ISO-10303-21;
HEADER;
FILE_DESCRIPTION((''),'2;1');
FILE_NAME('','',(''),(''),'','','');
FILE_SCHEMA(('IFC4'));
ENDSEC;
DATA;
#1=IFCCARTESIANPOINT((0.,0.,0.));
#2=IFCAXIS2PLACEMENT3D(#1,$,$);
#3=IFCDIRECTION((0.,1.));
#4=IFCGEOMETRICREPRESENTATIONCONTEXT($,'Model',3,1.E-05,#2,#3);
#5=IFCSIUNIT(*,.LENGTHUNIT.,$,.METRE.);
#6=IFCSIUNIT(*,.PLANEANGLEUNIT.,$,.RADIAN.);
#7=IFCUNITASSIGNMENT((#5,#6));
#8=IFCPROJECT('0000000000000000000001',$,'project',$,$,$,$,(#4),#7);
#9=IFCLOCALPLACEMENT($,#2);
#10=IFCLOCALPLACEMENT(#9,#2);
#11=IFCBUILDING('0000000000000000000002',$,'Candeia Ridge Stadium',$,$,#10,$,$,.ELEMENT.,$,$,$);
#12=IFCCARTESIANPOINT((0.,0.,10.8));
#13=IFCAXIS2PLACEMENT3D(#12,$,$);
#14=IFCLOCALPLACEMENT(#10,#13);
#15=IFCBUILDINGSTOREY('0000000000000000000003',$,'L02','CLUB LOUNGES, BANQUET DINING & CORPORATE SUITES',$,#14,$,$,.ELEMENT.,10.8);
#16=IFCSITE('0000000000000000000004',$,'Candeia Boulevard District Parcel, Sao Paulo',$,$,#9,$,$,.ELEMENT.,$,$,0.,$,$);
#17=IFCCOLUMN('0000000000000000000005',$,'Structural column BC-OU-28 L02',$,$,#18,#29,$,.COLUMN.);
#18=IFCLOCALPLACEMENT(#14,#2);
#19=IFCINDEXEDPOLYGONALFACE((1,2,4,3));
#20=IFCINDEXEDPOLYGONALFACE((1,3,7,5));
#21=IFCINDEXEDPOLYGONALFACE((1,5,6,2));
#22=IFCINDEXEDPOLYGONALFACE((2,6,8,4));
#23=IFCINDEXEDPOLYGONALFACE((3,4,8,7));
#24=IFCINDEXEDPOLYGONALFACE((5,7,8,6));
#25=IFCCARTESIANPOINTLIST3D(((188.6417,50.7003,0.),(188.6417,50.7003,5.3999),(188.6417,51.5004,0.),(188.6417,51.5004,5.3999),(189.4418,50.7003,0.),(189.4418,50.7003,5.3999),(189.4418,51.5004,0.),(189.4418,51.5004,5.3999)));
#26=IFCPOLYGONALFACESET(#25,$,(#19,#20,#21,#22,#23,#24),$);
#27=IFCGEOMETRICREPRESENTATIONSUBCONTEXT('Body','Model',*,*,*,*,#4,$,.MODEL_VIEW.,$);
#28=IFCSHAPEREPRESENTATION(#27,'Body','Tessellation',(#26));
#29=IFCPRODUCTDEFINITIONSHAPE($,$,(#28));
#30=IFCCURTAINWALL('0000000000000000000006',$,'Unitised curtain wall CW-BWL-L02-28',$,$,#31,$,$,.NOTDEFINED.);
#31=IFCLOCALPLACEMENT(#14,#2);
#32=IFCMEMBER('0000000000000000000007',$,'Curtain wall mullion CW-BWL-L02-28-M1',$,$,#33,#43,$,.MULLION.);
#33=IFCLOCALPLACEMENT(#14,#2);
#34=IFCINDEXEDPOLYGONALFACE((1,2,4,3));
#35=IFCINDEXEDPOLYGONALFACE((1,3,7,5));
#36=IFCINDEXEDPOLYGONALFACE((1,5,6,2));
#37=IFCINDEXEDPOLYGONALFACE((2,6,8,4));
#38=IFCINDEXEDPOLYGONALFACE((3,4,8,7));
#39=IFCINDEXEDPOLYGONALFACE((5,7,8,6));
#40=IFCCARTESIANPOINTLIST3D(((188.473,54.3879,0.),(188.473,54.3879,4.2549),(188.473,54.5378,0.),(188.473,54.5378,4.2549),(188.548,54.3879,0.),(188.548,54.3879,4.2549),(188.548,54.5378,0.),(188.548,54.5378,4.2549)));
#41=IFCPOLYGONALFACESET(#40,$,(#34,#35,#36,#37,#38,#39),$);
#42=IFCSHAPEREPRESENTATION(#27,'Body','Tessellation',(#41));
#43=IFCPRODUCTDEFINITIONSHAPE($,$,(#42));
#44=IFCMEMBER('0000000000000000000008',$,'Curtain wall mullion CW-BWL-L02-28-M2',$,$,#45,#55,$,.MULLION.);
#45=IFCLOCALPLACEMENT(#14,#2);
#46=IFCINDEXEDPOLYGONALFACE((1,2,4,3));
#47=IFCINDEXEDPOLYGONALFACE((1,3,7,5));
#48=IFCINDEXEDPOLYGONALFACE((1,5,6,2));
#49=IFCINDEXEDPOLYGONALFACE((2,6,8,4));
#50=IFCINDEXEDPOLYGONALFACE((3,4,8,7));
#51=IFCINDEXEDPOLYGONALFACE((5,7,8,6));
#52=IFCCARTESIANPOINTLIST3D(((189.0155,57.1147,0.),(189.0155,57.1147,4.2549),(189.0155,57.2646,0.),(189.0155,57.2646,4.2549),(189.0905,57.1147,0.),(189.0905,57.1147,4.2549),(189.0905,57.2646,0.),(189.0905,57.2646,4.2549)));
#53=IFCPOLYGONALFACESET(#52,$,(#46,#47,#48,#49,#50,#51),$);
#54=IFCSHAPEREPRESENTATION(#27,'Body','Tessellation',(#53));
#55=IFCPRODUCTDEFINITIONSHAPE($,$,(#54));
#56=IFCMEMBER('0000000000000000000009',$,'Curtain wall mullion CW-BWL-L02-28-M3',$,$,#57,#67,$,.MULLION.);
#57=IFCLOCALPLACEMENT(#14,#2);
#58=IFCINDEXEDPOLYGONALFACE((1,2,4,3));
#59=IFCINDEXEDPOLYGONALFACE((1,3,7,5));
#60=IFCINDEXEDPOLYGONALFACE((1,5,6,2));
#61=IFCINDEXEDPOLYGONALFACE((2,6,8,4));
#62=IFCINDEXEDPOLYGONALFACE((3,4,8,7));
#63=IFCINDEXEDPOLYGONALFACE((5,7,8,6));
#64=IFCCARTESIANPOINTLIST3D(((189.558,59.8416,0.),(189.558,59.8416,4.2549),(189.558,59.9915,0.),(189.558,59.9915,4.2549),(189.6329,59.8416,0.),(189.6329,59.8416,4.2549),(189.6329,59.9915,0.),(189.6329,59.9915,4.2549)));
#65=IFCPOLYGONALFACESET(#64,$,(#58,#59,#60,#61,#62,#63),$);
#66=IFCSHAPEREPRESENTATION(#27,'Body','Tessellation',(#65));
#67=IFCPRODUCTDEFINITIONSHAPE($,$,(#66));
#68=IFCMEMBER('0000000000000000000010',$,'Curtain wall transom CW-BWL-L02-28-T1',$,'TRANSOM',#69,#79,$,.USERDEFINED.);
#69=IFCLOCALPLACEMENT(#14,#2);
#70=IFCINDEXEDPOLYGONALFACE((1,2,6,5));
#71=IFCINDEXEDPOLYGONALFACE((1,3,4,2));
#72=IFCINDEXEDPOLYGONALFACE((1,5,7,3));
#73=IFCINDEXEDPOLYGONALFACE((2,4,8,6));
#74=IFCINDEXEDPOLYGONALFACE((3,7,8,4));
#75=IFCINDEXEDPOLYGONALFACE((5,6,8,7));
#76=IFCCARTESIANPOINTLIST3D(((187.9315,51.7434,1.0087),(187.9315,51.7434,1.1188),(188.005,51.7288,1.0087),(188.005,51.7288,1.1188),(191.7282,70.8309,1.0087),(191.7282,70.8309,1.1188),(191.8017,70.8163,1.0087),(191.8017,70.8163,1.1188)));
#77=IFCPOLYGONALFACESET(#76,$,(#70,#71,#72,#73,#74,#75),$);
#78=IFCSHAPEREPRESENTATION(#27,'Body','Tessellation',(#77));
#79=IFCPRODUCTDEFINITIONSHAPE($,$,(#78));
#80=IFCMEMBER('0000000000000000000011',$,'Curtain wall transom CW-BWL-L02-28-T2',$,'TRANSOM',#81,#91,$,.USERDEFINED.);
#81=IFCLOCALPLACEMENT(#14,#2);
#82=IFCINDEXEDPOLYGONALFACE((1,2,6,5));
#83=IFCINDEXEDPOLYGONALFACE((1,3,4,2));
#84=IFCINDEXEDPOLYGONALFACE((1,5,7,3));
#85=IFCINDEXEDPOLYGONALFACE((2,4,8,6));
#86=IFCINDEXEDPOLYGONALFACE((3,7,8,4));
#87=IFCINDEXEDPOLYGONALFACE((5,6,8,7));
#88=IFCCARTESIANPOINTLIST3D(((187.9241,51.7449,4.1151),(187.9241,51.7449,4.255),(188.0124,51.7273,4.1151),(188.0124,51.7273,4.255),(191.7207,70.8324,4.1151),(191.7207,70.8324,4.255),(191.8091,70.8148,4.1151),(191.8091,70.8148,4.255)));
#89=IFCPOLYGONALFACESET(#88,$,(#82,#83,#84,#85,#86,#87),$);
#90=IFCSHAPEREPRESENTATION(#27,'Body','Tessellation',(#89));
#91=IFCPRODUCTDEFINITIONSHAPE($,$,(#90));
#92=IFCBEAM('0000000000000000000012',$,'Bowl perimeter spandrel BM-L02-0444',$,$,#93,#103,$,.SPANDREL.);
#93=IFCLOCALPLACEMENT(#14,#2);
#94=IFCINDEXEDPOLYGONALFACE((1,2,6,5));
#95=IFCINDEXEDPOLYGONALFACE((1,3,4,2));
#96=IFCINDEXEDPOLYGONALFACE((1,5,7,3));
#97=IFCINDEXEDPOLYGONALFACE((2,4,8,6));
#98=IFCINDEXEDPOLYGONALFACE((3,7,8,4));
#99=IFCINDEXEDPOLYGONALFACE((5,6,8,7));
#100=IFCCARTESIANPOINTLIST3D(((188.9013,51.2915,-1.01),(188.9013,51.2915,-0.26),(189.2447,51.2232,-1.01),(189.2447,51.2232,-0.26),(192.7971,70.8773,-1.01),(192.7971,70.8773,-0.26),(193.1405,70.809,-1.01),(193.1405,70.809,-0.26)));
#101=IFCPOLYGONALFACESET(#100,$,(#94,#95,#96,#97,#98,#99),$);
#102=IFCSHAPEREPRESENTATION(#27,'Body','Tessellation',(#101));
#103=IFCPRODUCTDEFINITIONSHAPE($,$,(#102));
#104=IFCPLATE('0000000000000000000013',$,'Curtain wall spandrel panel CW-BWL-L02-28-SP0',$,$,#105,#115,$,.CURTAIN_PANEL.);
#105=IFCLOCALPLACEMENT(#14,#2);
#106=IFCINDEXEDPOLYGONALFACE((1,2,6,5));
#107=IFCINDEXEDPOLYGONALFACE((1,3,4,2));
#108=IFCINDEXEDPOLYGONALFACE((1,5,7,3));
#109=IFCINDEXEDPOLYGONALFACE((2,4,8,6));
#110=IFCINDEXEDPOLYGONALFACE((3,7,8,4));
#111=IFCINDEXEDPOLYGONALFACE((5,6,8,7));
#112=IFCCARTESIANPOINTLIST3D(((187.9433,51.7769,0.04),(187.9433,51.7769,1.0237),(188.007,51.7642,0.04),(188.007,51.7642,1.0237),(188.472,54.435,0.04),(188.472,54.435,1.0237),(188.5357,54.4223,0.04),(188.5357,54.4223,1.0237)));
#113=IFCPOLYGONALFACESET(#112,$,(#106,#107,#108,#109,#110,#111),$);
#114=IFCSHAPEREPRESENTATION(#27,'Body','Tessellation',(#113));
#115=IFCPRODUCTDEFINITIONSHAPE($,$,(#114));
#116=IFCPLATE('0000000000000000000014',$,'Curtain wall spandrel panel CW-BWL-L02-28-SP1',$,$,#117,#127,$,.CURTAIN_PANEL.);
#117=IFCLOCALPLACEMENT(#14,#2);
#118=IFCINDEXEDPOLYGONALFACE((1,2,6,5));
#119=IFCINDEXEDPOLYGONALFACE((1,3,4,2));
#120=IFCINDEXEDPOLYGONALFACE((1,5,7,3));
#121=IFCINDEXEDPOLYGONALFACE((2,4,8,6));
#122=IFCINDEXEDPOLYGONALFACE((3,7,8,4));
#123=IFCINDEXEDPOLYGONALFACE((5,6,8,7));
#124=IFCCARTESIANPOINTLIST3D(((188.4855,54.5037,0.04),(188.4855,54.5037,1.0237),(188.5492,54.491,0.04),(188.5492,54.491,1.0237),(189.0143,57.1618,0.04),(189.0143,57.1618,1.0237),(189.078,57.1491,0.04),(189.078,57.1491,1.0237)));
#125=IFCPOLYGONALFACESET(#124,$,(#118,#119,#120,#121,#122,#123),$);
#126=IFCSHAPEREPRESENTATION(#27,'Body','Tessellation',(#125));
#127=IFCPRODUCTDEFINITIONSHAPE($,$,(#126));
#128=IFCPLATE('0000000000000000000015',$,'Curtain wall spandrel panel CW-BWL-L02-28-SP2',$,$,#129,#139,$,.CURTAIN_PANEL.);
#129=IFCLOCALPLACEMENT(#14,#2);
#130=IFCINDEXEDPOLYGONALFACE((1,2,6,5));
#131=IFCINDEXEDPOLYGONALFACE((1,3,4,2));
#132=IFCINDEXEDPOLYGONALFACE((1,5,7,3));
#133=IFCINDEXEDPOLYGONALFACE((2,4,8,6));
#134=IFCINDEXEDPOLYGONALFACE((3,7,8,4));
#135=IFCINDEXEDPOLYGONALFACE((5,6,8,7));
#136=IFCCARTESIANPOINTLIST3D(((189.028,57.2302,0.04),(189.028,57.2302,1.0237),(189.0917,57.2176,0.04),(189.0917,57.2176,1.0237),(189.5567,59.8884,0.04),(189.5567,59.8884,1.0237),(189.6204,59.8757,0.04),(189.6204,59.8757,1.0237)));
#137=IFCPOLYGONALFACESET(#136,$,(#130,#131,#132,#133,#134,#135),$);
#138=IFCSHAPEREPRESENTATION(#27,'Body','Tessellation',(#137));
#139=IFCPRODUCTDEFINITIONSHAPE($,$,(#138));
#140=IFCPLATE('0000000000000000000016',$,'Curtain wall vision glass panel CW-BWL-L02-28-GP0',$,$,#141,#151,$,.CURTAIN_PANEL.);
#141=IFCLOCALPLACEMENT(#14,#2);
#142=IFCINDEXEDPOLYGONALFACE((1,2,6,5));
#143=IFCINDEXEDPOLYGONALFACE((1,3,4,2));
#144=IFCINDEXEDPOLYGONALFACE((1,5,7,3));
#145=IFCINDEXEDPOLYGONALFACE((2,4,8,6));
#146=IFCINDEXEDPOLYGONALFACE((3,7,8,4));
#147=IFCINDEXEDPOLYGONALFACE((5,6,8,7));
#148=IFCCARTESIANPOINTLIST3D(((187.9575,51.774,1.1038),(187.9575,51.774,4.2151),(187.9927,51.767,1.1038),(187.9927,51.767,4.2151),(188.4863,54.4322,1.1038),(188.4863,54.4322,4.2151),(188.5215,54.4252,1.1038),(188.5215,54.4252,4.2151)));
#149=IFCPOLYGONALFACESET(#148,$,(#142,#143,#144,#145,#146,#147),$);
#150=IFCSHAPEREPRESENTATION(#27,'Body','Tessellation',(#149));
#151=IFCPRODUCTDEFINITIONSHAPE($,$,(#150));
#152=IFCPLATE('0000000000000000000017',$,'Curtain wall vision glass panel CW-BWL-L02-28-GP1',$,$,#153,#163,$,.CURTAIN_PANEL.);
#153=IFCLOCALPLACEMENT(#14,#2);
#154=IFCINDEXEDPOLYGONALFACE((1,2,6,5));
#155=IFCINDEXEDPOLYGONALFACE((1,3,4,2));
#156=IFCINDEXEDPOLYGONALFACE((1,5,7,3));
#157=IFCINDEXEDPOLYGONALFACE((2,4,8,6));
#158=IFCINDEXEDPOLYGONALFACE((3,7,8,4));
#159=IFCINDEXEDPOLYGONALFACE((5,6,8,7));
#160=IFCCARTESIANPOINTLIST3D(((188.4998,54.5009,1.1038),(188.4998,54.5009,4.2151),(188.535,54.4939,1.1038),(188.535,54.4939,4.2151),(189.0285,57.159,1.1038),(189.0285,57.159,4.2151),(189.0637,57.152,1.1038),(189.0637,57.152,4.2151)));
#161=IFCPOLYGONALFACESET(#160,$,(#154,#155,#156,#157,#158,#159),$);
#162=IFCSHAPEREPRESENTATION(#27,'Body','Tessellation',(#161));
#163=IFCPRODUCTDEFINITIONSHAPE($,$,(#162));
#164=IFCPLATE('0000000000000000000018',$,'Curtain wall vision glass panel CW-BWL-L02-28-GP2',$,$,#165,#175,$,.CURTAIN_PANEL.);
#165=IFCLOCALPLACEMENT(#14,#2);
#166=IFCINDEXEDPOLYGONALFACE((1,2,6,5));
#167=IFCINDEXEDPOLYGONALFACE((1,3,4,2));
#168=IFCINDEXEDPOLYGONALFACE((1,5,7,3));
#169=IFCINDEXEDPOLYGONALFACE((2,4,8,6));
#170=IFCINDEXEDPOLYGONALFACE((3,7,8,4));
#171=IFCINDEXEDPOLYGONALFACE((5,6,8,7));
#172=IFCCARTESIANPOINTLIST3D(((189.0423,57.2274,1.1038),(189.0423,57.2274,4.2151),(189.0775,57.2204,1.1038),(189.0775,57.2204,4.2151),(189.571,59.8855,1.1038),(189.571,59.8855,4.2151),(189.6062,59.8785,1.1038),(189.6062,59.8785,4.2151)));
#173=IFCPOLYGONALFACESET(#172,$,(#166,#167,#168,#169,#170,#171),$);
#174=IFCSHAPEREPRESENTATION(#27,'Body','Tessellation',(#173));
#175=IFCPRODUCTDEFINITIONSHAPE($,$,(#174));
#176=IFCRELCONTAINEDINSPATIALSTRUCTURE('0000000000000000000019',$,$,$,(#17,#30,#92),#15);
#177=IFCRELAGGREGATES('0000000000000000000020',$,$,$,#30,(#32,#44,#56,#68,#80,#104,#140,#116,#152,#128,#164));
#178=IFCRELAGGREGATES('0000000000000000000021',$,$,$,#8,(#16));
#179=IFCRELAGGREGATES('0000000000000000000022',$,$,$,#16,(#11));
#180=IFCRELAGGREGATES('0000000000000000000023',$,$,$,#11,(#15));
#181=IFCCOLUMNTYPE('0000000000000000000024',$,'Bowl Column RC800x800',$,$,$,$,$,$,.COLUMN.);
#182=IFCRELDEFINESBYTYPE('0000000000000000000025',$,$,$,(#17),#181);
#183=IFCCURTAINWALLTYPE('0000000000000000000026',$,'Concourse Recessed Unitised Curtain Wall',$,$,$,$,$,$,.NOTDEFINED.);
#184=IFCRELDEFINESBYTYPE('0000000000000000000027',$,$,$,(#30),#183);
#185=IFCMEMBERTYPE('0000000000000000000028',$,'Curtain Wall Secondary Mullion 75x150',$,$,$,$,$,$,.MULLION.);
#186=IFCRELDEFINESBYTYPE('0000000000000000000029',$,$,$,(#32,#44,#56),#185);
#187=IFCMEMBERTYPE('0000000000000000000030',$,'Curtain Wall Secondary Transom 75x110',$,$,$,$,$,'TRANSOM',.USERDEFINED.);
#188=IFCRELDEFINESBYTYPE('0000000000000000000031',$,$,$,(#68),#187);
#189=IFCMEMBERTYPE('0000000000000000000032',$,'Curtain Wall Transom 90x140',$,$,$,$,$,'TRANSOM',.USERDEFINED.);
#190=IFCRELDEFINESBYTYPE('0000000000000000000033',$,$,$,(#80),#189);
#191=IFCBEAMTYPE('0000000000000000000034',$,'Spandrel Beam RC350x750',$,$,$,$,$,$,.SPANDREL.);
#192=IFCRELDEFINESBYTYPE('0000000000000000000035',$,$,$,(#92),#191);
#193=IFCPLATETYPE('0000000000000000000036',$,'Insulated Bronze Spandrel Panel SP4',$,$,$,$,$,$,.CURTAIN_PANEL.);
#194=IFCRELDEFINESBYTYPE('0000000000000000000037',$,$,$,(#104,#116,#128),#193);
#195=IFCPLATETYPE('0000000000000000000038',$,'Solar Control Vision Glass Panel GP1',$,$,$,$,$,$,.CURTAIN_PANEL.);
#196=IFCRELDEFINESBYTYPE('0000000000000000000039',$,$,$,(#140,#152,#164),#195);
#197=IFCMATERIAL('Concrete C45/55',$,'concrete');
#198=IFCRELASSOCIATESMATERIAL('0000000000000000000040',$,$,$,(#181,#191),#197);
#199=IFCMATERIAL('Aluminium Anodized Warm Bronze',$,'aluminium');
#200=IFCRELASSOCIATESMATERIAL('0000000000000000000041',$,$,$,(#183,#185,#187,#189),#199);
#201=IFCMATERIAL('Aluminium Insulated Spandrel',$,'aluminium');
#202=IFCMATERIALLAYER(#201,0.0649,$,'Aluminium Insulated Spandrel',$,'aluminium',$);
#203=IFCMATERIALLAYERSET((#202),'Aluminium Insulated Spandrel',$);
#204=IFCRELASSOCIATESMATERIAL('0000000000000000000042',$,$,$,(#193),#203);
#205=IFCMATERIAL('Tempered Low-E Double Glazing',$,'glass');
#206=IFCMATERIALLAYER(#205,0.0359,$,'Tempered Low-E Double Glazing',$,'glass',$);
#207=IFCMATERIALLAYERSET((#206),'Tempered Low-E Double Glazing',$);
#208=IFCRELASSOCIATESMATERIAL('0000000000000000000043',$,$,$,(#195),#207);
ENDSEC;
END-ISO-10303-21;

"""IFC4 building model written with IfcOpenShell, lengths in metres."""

from ifc_helpers import new_model, si_unit, direction, frame, origin, origin_2d, place, context, subcontext, project, spatial, rectangle, extrude, material, layer, layer_set, material_profile, profile_set, type_object, element, aggregate, save


model = new_model("IFC4")

# Units and contexts
model_context = context("Model", 3, precision=1e-05, world=origin(), true_north=direction((0.0, 1.0)))
body_context = subcontext(model_context, "Body", "Model", "MODEL_VIEW")
ifc_project = project(units=[si_unit("LENGTHUNIT", "METRE"), si_unit("PLANEANGLEUNIT", "RADIAN")], contexts=[model_context])

# Site, building, storey
site_placement = place(None, origin())
site = spatial("IfcSite", under=ifc_project, at=site_placement, Name="Candeia Boulevard District Parcel, Sao Paulo", CompositionType="ELEMENT", RefElevation=0.0)
building_placement = place(site_placement, origin())
building = spatial("IfcBuilding", under=site, at=building_placement, Name="Candeia Ridge Stadium", CompositionType="ELEMENT")
storey_placement = place(building_placement, frame((0.0, 0.0, 10.8)))
storey = spatial("IfcBuildingStorey", under=building, at=storey_placement, Name="L02", Description="CLUB LOUNGES, BANQUET DINING & CORPORATE SUITES", CompositionType="ELEMENT", Elevation=10.8)

# Column
ifc_material_1 = material(Name="Concrete C45/55", Category="concrete")
ifc_material_profile_1 = material_profile(ifc_material_1, rectangle(XDim=0.8, YDim=0.8, at=origin_2d()), Name="RC800x800", Category="concrete")
ifc_profile_set_1 = profile_set([ifc_material_profile_1], Name="Concrete C45/55")
column_type = type_object("IfcColumnType", Name="Bowl Column RC800x800", PredefinedType="COLUMN", material=ifc_profile_set_1)
column_placement = place(storey_placement, frame((189.0417, 51.1003, 0.0), z_axis=(0.0, 0.0, 1.0), x_axis=(1.0, 0.0, 0.0)))
element("IfcColumn", 1, at=column_placement, inside=storey, type_object=column_type, Name="Structural column BC-OU-28 L02", PredefinedType="COLUMN", context=body_context, shape_type="SweptSolid", body=[
    extrude(rectangle(XDim=0.8, YDim=0.8, at=origin_2d()), origin(), (0.0, 0.0, 1.0), 5.3999),
])

# Curtain wall, members
ifc_material_2 = material(Name="Aluminium Anodized Warm Bronze", Category="aluminium")
curtain_wall_type = type_object("IfcCurtainWallType", Name="Concourse Recessed Unitised Curtain Wall", PredefinedType="NOTDEFINED", material=ifc_material_2)
curtain_wall_placement = place(storey_placement, origin())
curtain_wall = element("IfcCurtainWall", 2, at=curtain_wall_placement, inside=storey, type_object=curtain_wall_type, Name="Unitised curtain wall CW-BWL-L02-28", PredefinedType="NOTDEFINED")
ifc_material_profile_2 = material_profile(ifc_material_2, rectangle(XDim=0.075, YDim=0.1499, at=origin_2d()), Name="CWM-75x150", Category="aluminium")
ifc_profile_set_2 = profile_set([ifc_material_profile_2], Name="Aluminium Anodized Warm Bronze")
member_type_1 = type_object("IfcMemberType", Name="Curtain Wall Secondary Mullion 75x150", PredefinedType="MULLION", material=ifc_profile_set_2)
member_1_placement = place(storey_placement, frame((188.5105, 54.4629, 0.0), z_axis=(0.0, 0.0, 1.0), x_axis=(1.0, 0.0, 0.0)))
member_1 = element("IfcMember", 3, at=member_1_placement, type_object=member_type_1, Name="Curtain wall mullion CW-BWL-L02-28-M1", PredefinedType="MULLION", context=body_context, shape_type="SweptSolid", body=[
    extrude(rectangle(XDim=0.075, YDim=0.1499, at=origin_2d()), origin(), (0.0, 0.0, 1.0), 4.2549),
])
member_2_placement = place(storey_placement, frame((189.053, 57.1897, 0.0), z_axis=(0.0, 0.0, 1.0), x_axis=(1.0, 0.0, 0.0)))
member_2 = element("IfcMember", 4, at=member_2_placement, type_object=member_type_1, Name="Curtain wall mullion CW-BWL-L02-28-M2", PredefinedType="MULLION", context=body_context, shape_type="SweptSolid", body=[
    extrude(rectangle(XDim=0.075, YDim=0.1499, at=origin_2d()), origin(), (0.0, 0.0, 1.0), 4.2549),
])
member_3_placement = place(storey_placement, frame((189.5955, 59.9165, 0.0), z_axis=(0.0, 0.0, 1.0), x_axis=(1.0, 0.0, 0.0)))
member_3 = element("IfcMember", 5, at=member_3_placement, type_object=member_type_1, Name="Curtain wall mullion CW-BWL-L02-28-M3", PredefinedType="MULLION", context=body_context, shape_type="SweptSolid", body=[
    extrude(rectangle(XDim=0.075, YDim=0.1499, at=origin_2d()), origin(), (0.0, 0.0, 1.0), 4.2549),
])
ifc_material_profile_3 = material_profile(ifc_material_2, rectangle(XDim=0.075, YDim=0.1101, at=origin_2d()), Name="CWT-75x110", Category="aluminium")
ifc_profile_set_3 = profile_set([ifc_material_profile_3], Name="Aluminium Anodized Warm Bronze")
member_type_2 = type_object("IfcMemberType", Name="Curtain Wall Secondary Transom 75x110", ElementType="TRANSOM", PredefinedType="USERDEFINED", material=ifc_profile_set_3)
member_4_placement = place(storey_placement, frame((187.9683, 51.7361, 1.0637), z_axis=(0.195086, 0.980786, 0.0), x_axis=(-0.980786, 0.195086, 0.0)))
member_4 = element("IfcMember", 6, at=member_4_placement, type_object=member_type_2, Name="Curtain wall transom CW-BWL-L02-28-T1", ObjectType="TRANSOM", PredefinedType="USERDEFINED", context=body_context, shape_type="SweptSolid", body=[
    extrude(rectangle(XDim=0.075, YDim=0.1101, at=origin_2d()), origin(), (0.0, 0.0, 1.0), 19.4614),
])
ifc_material_profile_4 = material_profile(ifc_material_2, rectangle(XDim=0.0901, YDim=0.1399, at=origin_2d()), Name="CWT-90x140", Category="aluminium")
ifc_profile_set_4 = profile_set([ifc_material_profile_4], Name="Aluminium Anodized Warm Bronze")
member_type_3 = type_object("IfcMemberType", Name="Curtain Wall Transom 90x140", ElementType="TRANSOM", PredefinedType="USERDEFINED", material=ifc_profile_set_4)
member_5_placement = place(storey_placement, frame((187.9683, 51.7361, 4.1851), z_axis=(0.195086, 0.980786, 0.0), x_axis=(-0.980786, 0.195086, 0.0)))
member_5 = element("IfcMember", 7, at=member_5_placement, type_object=member_type_3, Name="Curtain wall transom CW-BWL-L02-28-T2", ObjectType="TRANSOM", PredefinedType="USERDEFINED", context=body_context, shape_type="SweptSolid", body=[
    extrude(rectangle(XDim=0.0901, YDim=0.1399, at=origin_2d()), origin(), (0.0, 0.0, 1.0), 19.4614),
])

# Beam
ifc_material_profile_5 = material_profile(ifc_material_1, rectangle(XDim=0.3501, YDim=0.75, at=origin_2d()), Name="RC350x750", Category="concrete")
ifc_profile_set_5 = profile_set([ifc_material_profile_5], Name="Concrete C45/55")
beam_type = type_object("IfcBeamType", Name="Spandrel Beam RC350x750", PredefinedType="SPANDREL", material=ifc_profile_set_5)
beam_placement = place(storey_placement, frame((189.073, 51.2573, -0.635), z_axis=(0.195086, 0.980786, 0.0), x_axis=(-0.980786, 0.195086, 0.0)))
element("IfcBeam", 8, at=beam_placement, inside=storey, type_object=beam_type, Name="Bowl perimeter spandrel BM-L02-0444", PredefinedType="SPANDREL", context=body_context, shape_type="SweptSolid", body=[
    extrude(rectangle(XDim=0.3501, YDim=0.75, at=origin_2d()), origin(), (0.0, 0.0, 1.0), 19.9695),
])

# Plates
ifc_material_3 = material(Name="Aluminium Insulated Spandrel", Category="aluminium")
ifc_layer_1 = layer(ifc_material_3, 0.0649, Name="Aluminium Insulated Spandrel", Category="aluminium")
ifc_layer_set_1 = layer_set([ifc_layer_1], Name="Aluminium Insulated Spandrel")
plate_type_1 = type_object("IfcPlateType", Name="Insulated Bronze Spandrel Panel SP4", PredefinedType="CURTAIN_PANEL", material=ifc_layer_set_1)
plate_1_placement = place(storey_placement, frame((188.2395, 53.0996, 0.04), z_axis=(0.0, 0.0, 1.0), x_axis=(0.19509, 0.980785, 0.0)))
plate_1 = element("IfcPlate", 9, at=plate_1_placement, type_object=plate_type_1, Name="Curtain wall spandrel panel CW-BWL-L02-28-SP0", PredefinedType="CURTAIN_PANEL", context=body_context, shape_type="SweptSolid", body=[
    extrude(rectangle(XDim=2.7102, YDim=0.0649, at=origin_2d()), origin(), (0.0, 0.0, 1.0), 0.9836),
])
plate_2_placement = place(storey_placement, frame((188.7817, 55.8264, 0.04), z_axis=(0.0, 0.0, 1.0), x_axis=(0.19509, 0.980785, 0.0)))
plate_2 = element("IfcPlate", 10, at=plate_2_placement, type_object=plate_type_1, Name="Curtain wall spandrel panel CW-BWL-L02-28-SP1", PredefinedType="CURTAIN_PANEL", context=body_context, shape_type="SweptSolid", body=[
    extrude(rectangle(XDim=2.7102, YDim=0.0649, at=origin_2d()), origin(), (0.0, 0.0, 1.0), 0.9836),
])
plate_3_placement = place(storey_placement, frame((189.3242, 58.553, 0.04), z_axis=(0.0, 0.0, 1.0), x_axis=(0.19509, 0.980785, 0.0)))
plate_3 = element("IfcPlate", 11, at=plate_3_placement, type_object=plate_type_1, Name="Curtain wall spandrel panel CW-BWL-L02-28-SP2", PredefinedType="CURTAIN_PANEL", context=body_context, shape_type="SweptSolid", body=[
    extrude(rectangle(XDim=2.7102, YDim=0.0649, at=origin_2d()), origin(), (0.0, 0.0, 1.0), 0.9836),
])
ifc_material_4 = material(Name="Tempered Low-E Double Glazing", Category="glass")
ifc_layer_2 = layer(ifc_material_4, 0.0359, Name="Tempered Low-E Double Glazing", Category="glass")
ifc_layer_set_2 = layer_set([ifc_layer_2], Name="Tempered Low-E Double Glazing")
plate_type_2 = type_object("IfcPlateType", Name="Solar Control Vision Glass Panel GP1", PredefinedType="CURTAIN_PANEL", material=ifc_layer_set_2)
plate_4_placement = place(storey_placement, frame((188.2395, 53.0996, 1.1038), z_axis=(0.0, 0.0, 1.0), x_axis=(0.19509, 0.980785, 0.0)))
plate_4 = element("IfcPlate", 12, at=plate_4_placement, type_object=plate_type_2, Name="Curtain wall vision glass panel CW-BWL-L02-28-GP0", PredefinedType="CURTAIN_PANEL", context=body_context, shape_type="SweptSolid", body=[
    extrude(rectangle(XDim=2.7102, YDim=0.0359, at=origin_2d()), origin(), (0.0, 0.0, 1.0), 3.1113),
])
plate_5_placement = place(storey_placement, frame((188.7817, 55.8264, 1.1038), z_axis=(0.0, 0.0, 1.0), x_axis=(0.19509, 0.980785, 0.0)))
plate_5 = element("IfcPlate", 13, at=plate_5_placement, type_object=plate_type_2, Name="Curtain wall vision glass panel CW-BWL-L02-28-GP1", PredefinedType="CURTAIN_PANEL", context=body_context, shape_type="SweptSolid", body=[
    extrude(rectangle(XDim=2.7102, YDim=0.0359, at=origin_2d()), origin(), (0.0, 0.0, 1.0), 3.1113),
])
plate_6_placement = place(storey_placement, frame((189.3242, 58.553, 1.1038), z_axis=(0.0, 0.0, 1.0), x_axis=(0.19509, 0.980785, 0.0)))
plate_6 = element("IfcPlate", 14, at=plate_6_placement, type_object=plate_type_2, Name="Curtain wall vision glass panel CW-BWL-L02-28-GP2", PredefinedType="CURTAIN_PANEL", context=body_context, shape_type="SweptSolid", body=[
    extrude(rectangle(XDim=2.7102, YDim=0.0359, at=origin_2d()), origin(), (0.0, 0.0, 1.0), 3.1113),
])
aggregate(curtain_wall, [member_1, member_2, member_3, member_4, member_5, plate_1, plate_4, plate_2, plate_5, plate_3, plate_6])

save(model, "model.ifc")
